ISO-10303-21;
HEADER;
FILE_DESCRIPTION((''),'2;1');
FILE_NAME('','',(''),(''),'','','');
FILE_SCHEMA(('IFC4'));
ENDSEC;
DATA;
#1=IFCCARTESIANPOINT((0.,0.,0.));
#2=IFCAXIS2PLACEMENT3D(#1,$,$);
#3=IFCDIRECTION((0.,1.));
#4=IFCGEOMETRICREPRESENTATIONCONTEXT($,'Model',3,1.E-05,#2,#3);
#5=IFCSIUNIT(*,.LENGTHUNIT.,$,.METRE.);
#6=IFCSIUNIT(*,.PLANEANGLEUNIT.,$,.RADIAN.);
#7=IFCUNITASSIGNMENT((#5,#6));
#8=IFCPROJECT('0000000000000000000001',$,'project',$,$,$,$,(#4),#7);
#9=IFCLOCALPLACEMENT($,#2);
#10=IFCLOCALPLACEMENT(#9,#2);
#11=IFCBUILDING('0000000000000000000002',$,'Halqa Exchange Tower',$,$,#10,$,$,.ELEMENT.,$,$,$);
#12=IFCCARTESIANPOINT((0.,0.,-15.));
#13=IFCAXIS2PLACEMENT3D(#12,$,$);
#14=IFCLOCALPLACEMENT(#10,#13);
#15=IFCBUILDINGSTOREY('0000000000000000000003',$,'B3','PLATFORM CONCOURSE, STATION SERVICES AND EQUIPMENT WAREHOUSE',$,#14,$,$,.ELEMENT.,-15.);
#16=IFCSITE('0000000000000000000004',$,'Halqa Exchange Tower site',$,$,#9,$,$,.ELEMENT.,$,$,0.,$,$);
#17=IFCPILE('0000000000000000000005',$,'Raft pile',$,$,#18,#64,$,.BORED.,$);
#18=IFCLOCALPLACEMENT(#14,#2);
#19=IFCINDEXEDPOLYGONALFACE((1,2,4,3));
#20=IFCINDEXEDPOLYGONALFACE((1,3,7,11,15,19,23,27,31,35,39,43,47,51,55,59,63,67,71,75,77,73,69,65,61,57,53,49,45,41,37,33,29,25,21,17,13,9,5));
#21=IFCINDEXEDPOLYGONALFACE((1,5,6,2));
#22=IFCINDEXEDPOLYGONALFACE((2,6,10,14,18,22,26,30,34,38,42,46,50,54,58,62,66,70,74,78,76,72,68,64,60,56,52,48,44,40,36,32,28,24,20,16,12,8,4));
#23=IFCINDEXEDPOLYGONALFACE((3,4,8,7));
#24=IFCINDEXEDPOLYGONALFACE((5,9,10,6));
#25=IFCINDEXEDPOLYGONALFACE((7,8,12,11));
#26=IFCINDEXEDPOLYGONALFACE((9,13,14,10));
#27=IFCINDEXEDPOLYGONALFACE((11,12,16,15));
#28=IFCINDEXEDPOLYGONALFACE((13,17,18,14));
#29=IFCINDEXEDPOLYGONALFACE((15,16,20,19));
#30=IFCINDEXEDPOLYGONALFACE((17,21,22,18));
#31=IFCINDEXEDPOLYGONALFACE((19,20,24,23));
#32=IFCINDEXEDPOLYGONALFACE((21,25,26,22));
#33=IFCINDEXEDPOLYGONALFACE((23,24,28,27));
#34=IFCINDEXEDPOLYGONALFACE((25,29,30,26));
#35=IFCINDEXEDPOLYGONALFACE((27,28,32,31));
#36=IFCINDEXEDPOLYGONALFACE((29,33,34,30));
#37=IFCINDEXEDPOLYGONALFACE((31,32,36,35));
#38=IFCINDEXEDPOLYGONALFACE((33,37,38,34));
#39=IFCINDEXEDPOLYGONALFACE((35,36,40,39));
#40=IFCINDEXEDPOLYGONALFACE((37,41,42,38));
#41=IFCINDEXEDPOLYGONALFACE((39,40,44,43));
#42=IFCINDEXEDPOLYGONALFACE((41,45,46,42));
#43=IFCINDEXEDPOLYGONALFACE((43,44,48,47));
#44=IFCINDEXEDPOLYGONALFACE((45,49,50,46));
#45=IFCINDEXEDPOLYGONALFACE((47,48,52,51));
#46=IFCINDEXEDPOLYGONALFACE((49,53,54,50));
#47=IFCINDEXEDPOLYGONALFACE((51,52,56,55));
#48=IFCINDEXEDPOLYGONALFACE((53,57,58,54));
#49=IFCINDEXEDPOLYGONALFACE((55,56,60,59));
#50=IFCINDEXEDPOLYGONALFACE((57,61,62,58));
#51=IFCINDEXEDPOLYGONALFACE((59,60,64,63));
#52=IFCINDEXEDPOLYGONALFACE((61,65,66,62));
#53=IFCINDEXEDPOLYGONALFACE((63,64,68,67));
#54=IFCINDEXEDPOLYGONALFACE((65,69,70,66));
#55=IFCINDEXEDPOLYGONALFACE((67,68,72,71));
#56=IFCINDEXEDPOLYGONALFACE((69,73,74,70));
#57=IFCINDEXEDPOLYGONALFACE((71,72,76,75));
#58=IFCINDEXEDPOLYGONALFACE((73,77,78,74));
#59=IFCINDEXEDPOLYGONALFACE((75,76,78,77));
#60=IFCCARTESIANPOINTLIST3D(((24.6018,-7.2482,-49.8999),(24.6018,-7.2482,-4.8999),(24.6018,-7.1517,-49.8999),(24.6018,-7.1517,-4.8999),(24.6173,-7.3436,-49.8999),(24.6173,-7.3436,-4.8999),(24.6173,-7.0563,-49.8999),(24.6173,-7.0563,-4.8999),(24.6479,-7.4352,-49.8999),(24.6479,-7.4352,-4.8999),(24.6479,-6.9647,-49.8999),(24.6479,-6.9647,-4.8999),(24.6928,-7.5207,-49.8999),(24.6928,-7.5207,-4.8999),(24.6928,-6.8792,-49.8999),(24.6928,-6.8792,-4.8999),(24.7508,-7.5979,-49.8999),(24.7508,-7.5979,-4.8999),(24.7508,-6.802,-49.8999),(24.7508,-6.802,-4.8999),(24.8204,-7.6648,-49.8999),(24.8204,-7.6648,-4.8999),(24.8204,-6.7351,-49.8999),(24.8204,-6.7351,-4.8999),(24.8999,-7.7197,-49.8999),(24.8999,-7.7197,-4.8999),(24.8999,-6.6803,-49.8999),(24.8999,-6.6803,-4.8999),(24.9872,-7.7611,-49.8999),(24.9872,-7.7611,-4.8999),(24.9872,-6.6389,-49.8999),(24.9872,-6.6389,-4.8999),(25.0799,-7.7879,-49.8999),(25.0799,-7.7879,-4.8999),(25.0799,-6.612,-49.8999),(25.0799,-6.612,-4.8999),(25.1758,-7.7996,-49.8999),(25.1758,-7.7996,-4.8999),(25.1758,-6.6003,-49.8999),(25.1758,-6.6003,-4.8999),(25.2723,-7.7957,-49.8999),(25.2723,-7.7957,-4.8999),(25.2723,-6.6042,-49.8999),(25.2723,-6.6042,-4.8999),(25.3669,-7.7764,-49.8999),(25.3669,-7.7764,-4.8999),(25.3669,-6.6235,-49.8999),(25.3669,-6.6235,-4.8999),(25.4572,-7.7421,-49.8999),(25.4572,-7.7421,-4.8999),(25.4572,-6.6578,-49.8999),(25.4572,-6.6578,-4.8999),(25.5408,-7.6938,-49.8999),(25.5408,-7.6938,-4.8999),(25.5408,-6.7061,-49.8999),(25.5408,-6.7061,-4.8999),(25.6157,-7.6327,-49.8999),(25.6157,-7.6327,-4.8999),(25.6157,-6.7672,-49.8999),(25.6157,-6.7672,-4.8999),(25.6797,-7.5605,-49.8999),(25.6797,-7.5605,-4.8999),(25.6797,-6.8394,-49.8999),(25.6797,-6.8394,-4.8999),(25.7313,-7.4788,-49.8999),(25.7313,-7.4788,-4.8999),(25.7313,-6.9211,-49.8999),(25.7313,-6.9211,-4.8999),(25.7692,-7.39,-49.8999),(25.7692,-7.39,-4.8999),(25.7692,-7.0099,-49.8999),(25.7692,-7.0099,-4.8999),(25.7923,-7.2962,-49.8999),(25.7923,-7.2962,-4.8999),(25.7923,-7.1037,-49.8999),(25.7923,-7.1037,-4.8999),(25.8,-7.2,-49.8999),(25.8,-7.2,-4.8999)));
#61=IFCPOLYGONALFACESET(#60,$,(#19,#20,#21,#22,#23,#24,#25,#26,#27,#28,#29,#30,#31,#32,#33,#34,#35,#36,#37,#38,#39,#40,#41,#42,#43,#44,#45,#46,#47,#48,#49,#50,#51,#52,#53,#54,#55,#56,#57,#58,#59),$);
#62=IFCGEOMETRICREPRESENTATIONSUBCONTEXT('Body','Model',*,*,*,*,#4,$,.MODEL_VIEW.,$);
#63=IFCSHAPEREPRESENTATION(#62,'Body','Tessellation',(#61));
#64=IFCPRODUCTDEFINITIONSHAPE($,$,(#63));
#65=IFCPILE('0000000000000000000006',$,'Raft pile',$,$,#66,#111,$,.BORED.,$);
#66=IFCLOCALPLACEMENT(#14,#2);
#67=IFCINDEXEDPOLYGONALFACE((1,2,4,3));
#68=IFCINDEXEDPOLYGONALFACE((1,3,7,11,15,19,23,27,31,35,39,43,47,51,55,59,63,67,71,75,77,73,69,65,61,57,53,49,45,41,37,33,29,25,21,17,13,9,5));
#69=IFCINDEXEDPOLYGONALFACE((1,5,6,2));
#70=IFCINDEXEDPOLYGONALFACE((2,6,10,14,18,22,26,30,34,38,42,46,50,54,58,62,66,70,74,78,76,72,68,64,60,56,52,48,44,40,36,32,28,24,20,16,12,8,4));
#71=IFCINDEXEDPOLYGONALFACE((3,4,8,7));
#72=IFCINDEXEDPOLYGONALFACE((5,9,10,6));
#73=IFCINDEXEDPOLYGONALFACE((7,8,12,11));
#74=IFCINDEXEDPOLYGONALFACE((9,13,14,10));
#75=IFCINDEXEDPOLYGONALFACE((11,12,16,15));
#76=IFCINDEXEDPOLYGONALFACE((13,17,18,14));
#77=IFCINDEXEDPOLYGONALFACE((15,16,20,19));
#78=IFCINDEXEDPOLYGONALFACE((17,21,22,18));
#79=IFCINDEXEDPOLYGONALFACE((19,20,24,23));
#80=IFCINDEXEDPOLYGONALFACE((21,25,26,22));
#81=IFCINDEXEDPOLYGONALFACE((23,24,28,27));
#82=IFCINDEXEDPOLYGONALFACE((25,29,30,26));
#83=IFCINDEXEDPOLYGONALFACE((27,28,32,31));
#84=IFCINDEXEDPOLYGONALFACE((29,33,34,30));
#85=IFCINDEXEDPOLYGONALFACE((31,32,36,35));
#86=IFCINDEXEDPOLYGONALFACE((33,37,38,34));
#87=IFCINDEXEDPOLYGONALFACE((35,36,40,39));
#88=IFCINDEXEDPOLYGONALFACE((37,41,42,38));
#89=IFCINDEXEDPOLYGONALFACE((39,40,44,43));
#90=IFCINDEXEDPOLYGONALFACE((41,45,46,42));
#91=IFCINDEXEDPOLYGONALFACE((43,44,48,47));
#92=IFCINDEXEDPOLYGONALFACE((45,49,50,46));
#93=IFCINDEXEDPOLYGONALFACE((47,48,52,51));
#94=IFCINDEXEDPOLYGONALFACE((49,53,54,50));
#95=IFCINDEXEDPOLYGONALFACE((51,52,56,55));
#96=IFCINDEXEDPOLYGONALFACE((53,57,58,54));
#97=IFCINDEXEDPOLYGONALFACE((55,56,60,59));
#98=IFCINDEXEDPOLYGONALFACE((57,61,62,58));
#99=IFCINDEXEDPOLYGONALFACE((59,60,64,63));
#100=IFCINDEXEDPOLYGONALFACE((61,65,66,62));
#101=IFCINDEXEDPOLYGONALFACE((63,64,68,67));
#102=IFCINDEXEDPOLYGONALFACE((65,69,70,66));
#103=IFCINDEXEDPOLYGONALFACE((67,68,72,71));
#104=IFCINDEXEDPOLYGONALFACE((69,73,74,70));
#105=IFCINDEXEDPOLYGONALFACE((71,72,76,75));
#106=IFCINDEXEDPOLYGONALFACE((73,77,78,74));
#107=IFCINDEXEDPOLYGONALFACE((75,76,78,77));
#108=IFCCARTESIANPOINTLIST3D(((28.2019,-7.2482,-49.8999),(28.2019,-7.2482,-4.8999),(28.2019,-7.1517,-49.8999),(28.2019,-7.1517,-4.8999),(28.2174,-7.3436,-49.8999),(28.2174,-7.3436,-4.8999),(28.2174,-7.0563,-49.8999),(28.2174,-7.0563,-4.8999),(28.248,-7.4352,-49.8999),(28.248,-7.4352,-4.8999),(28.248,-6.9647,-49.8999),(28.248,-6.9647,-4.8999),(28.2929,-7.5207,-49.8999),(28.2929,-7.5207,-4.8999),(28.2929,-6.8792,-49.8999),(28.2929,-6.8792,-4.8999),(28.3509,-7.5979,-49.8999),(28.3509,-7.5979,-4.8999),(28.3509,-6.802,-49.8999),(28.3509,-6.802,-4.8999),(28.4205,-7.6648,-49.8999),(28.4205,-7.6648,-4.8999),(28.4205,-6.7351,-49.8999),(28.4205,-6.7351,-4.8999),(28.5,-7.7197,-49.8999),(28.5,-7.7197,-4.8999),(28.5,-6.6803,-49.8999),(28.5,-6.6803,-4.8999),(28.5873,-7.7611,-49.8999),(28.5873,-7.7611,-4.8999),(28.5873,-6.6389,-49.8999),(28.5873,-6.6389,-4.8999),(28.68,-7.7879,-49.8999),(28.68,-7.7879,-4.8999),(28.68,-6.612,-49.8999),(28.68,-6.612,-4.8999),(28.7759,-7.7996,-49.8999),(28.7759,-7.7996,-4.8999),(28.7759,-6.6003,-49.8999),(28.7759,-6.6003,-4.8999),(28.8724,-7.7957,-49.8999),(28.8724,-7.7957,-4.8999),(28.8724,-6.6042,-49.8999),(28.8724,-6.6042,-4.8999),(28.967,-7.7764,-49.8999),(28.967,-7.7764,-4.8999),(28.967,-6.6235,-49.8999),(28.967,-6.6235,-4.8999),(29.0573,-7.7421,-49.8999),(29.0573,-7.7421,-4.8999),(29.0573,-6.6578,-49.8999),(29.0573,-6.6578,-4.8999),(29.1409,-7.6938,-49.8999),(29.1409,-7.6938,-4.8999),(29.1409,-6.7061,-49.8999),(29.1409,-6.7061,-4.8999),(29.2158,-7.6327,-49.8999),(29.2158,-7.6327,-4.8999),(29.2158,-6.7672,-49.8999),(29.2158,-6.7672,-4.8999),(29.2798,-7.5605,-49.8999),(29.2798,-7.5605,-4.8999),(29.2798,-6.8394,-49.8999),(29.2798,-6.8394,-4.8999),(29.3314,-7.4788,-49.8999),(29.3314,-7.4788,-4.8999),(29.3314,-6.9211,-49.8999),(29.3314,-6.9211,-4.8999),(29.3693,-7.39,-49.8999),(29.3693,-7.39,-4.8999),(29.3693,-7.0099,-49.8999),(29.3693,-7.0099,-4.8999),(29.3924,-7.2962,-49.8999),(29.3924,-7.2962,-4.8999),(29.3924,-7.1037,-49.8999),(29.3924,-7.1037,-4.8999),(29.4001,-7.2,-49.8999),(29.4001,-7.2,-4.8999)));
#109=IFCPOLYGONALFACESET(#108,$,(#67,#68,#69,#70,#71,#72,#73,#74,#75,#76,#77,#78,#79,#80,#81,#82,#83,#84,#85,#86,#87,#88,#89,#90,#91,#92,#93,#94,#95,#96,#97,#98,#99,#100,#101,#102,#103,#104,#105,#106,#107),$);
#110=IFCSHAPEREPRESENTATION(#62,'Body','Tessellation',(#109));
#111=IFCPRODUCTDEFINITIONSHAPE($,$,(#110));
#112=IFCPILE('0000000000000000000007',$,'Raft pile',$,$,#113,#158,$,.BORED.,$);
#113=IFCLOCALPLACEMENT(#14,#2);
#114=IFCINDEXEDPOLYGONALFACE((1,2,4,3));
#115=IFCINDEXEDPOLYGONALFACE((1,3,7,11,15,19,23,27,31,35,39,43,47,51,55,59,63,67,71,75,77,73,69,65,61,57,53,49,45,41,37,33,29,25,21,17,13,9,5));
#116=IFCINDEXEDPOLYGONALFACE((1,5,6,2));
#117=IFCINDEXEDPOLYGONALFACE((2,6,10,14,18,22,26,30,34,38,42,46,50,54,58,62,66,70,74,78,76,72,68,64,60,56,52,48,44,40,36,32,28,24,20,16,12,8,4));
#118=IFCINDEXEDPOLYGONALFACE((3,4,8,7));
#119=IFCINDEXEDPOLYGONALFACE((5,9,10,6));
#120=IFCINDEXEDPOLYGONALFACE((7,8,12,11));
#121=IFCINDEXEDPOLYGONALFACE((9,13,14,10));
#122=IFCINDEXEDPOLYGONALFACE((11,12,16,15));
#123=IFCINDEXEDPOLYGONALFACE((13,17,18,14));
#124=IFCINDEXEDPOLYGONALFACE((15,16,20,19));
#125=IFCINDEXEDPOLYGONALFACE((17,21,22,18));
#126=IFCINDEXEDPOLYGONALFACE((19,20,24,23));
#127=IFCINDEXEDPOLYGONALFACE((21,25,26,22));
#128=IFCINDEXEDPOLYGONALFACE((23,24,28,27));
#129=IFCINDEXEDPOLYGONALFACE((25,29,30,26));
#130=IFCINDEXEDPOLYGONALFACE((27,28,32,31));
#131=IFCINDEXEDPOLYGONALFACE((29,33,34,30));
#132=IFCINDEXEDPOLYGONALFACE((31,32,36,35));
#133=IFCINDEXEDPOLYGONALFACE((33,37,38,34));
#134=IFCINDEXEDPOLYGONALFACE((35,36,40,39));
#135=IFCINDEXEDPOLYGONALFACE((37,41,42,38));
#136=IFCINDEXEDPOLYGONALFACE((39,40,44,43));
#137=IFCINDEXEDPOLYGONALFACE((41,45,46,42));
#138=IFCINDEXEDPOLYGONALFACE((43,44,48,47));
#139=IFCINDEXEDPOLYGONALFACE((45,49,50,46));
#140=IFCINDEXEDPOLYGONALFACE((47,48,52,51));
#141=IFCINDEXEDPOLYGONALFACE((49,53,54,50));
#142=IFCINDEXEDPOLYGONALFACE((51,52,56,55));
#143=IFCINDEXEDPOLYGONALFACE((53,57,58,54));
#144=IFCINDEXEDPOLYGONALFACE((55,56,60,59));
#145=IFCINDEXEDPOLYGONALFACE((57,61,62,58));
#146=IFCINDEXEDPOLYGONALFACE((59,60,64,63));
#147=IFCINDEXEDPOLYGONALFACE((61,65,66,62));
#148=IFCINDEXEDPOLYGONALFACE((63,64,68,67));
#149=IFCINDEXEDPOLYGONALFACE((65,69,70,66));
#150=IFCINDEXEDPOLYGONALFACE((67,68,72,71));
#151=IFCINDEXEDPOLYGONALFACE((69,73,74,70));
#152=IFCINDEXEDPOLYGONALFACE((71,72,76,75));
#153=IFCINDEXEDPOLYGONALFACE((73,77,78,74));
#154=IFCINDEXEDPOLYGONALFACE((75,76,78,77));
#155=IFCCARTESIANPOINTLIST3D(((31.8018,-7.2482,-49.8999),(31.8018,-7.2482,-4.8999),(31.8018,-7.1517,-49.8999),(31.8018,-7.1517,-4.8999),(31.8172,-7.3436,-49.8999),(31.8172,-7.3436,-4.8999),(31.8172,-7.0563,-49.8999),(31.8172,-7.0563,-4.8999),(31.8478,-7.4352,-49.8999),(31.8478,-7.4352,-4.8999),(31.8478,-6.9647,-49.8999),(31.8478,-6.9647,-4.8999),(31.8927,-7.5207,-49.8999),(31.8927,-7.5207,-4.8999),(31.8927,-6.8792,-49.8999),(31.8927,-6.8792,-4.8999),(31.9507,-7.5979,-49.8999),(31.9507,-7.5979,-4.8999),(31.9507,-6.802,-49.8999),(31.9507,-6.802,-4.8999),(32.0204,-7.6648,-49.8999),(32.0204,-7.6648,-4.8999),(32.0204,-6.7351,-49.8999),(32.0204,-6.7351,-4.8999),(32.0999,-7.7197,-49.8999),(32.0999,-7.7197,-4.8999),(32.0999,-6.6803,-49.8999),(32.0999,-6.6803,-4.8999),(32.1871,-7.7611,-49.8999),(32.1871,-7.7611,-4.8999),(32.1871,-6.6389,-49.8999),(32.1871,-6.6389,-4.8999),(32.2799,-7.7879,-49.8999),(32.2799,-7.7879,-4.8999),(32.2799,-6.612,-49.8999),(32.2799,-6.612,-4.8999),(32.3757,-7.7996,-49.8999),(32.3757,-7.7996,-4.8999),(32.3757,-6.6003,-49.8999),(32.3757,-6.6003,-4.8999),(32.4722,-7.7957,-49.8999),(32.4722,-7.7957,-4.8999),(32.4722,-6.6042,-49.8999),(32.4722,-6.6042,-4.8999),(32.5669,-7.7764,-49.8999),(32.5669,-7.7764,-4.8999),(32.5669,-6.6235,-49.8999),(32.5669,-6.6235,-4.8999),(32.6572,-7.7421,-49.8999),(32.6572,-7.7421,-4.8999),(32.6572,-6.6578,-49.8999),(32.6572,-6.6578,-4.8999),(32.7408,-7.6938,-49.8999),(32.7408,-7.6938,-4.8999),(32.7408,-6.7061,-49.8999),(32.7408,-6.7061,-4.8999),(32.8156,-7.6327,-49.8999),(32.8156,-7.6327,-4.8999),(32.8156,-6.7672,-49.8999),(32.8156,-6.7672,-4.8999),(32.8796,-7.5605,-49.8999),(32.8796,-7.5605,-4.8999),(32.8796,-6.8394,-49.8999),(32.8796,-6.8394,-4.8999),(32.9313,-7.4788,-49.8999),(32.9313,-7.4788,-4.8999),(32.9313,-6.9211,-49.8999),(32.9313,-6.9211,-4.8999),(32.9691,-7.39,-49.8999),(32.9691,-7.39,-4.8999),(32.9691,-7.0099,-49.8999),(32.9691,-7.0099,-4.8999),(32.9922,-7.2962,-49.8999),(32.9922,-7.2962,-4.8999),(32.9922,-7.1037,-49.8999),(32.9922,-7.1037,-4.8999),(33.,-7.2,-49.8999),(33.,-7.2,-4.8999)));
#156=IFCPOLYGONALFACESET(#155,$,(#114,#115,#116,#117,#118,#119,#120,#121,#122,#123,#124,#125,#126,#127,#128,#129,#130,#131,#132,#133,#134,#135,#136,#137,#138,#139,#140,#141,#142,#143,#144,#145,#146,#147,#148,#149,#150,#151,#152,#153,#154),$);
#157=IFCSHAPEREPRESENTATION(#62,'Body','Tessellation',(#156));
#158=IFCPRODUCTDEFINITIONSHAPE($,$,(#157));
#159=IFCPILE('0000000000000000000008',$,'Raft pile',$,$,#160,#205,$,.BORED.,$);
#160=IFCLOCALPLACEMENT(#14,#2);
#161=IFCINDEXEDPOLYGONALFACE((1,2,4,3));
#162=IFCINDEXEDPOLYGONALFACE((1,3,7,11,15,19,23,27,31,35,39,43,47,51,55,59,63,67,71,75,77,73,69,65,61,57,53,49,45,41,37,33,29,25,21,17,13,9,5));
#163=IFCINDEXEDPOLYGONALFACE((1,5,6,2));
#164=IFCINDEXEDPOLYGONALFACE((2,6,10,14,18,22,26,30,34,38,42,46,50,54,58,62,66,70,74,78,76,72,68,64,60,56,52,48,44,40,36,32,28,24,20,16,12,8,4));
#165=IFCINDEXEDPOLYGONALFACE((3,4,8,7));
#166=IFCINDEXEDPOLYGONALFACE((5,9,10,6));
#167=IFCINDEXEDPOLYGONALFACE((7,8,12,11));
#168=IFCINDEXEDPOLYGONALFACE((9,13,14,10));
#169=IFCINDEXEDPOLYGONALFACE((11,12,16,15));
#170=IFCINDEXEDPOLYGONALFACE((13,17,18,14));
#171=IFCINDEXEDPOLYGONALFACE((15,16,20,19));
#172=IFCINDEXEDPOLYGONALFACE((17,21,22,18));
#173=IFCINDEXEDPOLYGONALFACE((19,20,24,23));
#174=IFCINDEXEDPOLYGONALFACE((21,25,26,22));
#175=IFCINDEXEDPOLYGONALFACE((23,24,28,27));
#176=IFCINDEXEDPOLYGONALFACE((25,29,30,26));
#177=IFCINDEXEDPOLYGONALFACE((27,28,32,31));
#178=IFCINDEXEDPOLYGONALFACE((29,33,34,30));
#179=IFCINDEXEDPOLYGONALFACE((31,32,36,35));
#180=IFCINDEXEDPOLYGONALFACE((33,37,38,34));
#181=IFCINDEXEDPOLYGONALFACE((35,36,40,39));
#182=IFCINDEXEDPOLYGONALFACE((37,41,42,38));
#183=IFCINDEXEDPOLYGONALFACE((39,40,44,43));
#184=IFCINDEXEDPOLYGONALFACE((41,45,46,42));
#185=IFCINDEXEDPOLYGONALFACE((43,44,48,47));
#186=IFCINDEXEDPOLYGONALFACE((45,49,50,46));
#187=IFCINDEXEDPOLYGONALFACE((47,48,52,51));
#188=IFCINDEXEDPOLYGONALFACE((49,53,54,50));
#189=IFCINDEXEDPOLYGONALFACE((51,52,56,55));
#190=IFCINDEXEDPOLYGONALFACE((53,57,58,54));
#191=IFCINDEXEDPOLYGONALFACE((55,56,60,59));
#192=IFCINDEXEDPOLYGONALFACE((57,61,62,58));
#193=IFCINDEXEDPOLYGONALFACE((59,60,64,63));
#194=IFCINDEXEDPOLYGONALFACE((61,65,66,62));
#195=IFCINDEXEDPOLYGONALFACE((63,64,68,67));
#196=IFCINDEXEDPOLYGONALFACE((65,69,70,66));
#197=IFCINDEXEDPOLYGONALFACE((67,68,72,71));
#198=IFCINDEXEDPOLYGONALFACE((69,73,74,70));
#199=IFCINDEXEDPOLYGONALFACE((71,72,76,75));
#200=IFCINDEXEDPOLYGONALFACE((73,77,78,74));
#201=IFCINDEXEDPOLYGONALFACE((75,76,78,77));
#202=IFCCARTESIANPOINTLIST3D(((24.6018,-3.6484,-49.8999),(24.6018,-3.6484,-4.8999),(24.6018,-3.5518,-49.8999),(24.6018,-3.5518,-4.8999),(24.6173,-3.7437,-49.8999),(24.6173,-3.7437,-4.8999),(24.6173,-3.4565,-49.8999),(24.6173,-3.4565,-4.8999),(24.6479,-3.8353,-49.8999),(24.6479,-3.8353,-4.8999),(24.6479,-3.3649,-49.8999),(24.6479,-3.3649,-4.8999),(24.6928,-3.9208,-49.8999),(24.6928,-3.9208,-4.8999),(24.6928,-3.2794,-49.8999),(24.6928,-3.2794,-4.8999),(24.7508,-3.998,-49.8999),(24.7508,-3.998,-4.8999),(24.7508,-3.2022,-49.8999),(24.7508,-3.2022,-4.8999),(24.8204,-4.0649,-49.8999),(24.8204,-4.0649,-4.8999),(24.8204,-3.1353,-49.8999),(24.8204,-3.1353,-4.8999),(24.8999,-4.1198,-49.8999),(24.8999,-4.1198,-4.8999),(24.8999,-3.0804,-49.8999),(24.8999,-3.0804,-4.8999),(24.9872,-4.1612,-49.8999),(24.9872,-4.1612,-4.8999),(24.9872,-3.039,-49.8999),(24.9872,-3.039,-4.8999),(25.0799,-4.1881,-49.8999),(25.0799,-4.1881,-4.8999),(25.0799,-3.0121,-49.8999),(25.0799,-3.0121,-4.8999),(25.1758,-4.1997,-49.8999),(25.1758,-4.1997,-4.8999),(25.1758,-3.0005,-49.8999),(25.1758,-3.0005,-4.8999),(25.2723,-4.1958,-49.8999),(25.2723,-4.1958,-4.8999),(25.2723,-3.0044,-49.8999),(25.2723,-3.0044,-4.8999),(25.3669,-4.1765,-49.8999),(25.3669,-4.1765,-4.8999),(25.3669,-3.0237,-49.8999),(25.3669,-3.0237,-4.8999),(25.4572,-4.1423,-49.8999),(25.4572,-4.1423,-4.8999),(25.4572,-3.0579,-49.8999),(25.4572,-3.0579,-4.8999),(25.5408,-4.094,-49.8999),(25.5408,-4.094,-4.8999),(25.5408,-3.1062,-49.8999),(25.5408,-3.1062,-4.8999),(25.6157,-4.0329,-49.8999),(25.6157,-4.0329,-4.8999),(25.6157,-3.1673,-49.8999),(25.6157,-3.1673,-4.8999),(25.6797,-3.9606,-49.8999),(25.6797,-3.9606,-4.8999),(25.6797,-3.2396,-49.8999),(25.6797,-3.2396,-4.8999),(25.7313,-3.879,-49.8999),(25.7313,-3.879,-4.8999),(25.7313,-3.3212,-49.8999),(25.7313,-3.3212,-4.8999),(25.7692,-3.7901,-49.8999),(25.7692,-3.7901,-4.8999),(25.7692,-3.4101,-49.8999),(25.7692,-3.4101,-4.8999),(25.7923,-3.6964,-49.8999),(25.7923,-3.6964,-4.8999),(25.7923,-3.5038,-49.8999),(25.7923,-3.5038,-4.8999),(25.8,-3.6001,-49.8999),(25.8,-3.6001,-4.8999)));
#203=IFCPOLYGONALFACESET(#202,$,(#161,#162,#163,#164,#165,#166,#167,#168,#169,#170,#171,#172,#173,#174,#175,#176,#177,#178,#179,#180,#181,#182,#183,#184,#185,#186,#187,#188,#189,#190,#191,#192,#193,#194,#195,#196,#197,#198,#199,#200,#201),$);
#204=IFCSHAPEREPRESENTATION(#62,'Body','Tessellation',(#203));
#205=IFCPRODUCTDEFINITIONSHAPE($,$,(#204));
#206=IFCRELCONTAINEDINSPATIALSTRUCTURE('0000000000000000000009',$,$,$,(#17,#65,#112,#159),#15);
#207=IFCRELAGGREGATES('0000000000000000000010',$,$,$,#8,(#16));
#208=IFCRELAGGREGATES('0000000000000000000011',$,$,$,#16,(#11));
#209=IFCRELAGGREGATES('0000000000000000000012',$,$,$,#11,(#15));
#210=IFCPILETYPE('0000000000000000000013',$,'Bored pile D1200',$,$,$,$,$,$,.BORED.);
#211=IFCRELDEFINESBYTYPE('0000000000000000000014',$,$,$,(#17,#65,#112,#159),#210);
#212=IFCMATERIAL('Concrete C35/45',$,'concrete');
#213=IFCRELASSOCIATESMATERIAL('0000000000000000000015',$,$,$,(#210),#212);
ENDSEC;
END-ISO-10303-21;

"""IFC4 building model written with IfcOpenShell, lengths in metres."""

from ifc_helpers import new_model, si_unit, direction, frame, origin, origin_2d, place, context, subcontext, project, spatial, circle, extrude, material, material_profile, profile_set, type_object, element, save


model = new_model("IFC4")

# Units and contexts
model_context = context("Model", 3, precision=1e-05, world=origin(), true_north=direction((0.0, 1.0)))
body_context = subcontext(model_context, "Body", "Model", "MODEL_VIEW")
ifc_project = project(units=[si_unit("LENGTHUNIT", "METRE"), si_unit("PLANEANGLEUNIT", "RADIAN")], contexts=[model_context])

# Site, building, storey
site_placement = place(None, origin())
site = spatial("IfcSite", under=ifc_project, at=site_placement, Name="Halqa Exchange Tower site", CompositionType="ELEMENT", RefElevation=0.0)
building_placement = place(site_placement, origin())
building = spatial("IfcBuilding", under=site, at=building_placement, Name="Halqa Exchange Tower", CompositionType="ELEMENT")
storey_placement = place(building_placement, frame((0.0, 0.0, -15.0)))
storey = spatial("IfcBuildingStorey", under=building, at=storey_placement, Name="B3", Description="PLATFORM CONCOURSE, STATION SERVICES AND EQUIPMENT WAREHOUSE", CompositionType="ELEMENT", Elevation=-15.0)

# Piles
ifc_material_1 = material(Name="Concrete C35/45", Category="concrete")
ifc_material_profile_1 = material_profile(ifc_material_1, circle(Radius=0.6001, at=origin_2d()), Name="D1200")
ifc_profile_set_1 = profile_set([ifc_material_profile_1], Name="Concrete C35/45")
pile_type_1 = type_object("IfcPileType", Name="Bored pile D1200", PredefinedType="BORED", material=ifc_profile_set_1)
for number, where, z_axis, x_axis, name in (
    (1, (25.2, -7.2, -4.8999), (0.0, 0.0, -1.0), (1.0, 0.0, 0.0), "Raft pile"),
    (2, (28.8, -7.2, -4.8999), (0.0, 0.0, -1.0), (1.0, 0.0, 0.0), "Raft pile"),
    (3, (32.3999, -7.2, -4.8999), (0.0, 0.0, -1.0), (1.0, 0.0, 0.0), "Raft pile"),
    (4, (25.2, -3.6001, -4.8999), (0.0, 0.0, -1.0), (1.0, 0.0, 0.0), "Raft pile"),
):
    element("IfcPile", number, at=place(storey_placement, frame(where, z_axis=z_axis, x_axis=x_axis)), inside=storey, type_object=pile_type_1, Name=name, PredefinedType="BORED", context=body_context, shape_type="SweptSolid", body=[
        extrude(circle(Radius=0.6001, at=origin_2d()), origin(), (0.0, 0.0, 1.0), 45.0),
    ])

save(model, "model.ifc")
